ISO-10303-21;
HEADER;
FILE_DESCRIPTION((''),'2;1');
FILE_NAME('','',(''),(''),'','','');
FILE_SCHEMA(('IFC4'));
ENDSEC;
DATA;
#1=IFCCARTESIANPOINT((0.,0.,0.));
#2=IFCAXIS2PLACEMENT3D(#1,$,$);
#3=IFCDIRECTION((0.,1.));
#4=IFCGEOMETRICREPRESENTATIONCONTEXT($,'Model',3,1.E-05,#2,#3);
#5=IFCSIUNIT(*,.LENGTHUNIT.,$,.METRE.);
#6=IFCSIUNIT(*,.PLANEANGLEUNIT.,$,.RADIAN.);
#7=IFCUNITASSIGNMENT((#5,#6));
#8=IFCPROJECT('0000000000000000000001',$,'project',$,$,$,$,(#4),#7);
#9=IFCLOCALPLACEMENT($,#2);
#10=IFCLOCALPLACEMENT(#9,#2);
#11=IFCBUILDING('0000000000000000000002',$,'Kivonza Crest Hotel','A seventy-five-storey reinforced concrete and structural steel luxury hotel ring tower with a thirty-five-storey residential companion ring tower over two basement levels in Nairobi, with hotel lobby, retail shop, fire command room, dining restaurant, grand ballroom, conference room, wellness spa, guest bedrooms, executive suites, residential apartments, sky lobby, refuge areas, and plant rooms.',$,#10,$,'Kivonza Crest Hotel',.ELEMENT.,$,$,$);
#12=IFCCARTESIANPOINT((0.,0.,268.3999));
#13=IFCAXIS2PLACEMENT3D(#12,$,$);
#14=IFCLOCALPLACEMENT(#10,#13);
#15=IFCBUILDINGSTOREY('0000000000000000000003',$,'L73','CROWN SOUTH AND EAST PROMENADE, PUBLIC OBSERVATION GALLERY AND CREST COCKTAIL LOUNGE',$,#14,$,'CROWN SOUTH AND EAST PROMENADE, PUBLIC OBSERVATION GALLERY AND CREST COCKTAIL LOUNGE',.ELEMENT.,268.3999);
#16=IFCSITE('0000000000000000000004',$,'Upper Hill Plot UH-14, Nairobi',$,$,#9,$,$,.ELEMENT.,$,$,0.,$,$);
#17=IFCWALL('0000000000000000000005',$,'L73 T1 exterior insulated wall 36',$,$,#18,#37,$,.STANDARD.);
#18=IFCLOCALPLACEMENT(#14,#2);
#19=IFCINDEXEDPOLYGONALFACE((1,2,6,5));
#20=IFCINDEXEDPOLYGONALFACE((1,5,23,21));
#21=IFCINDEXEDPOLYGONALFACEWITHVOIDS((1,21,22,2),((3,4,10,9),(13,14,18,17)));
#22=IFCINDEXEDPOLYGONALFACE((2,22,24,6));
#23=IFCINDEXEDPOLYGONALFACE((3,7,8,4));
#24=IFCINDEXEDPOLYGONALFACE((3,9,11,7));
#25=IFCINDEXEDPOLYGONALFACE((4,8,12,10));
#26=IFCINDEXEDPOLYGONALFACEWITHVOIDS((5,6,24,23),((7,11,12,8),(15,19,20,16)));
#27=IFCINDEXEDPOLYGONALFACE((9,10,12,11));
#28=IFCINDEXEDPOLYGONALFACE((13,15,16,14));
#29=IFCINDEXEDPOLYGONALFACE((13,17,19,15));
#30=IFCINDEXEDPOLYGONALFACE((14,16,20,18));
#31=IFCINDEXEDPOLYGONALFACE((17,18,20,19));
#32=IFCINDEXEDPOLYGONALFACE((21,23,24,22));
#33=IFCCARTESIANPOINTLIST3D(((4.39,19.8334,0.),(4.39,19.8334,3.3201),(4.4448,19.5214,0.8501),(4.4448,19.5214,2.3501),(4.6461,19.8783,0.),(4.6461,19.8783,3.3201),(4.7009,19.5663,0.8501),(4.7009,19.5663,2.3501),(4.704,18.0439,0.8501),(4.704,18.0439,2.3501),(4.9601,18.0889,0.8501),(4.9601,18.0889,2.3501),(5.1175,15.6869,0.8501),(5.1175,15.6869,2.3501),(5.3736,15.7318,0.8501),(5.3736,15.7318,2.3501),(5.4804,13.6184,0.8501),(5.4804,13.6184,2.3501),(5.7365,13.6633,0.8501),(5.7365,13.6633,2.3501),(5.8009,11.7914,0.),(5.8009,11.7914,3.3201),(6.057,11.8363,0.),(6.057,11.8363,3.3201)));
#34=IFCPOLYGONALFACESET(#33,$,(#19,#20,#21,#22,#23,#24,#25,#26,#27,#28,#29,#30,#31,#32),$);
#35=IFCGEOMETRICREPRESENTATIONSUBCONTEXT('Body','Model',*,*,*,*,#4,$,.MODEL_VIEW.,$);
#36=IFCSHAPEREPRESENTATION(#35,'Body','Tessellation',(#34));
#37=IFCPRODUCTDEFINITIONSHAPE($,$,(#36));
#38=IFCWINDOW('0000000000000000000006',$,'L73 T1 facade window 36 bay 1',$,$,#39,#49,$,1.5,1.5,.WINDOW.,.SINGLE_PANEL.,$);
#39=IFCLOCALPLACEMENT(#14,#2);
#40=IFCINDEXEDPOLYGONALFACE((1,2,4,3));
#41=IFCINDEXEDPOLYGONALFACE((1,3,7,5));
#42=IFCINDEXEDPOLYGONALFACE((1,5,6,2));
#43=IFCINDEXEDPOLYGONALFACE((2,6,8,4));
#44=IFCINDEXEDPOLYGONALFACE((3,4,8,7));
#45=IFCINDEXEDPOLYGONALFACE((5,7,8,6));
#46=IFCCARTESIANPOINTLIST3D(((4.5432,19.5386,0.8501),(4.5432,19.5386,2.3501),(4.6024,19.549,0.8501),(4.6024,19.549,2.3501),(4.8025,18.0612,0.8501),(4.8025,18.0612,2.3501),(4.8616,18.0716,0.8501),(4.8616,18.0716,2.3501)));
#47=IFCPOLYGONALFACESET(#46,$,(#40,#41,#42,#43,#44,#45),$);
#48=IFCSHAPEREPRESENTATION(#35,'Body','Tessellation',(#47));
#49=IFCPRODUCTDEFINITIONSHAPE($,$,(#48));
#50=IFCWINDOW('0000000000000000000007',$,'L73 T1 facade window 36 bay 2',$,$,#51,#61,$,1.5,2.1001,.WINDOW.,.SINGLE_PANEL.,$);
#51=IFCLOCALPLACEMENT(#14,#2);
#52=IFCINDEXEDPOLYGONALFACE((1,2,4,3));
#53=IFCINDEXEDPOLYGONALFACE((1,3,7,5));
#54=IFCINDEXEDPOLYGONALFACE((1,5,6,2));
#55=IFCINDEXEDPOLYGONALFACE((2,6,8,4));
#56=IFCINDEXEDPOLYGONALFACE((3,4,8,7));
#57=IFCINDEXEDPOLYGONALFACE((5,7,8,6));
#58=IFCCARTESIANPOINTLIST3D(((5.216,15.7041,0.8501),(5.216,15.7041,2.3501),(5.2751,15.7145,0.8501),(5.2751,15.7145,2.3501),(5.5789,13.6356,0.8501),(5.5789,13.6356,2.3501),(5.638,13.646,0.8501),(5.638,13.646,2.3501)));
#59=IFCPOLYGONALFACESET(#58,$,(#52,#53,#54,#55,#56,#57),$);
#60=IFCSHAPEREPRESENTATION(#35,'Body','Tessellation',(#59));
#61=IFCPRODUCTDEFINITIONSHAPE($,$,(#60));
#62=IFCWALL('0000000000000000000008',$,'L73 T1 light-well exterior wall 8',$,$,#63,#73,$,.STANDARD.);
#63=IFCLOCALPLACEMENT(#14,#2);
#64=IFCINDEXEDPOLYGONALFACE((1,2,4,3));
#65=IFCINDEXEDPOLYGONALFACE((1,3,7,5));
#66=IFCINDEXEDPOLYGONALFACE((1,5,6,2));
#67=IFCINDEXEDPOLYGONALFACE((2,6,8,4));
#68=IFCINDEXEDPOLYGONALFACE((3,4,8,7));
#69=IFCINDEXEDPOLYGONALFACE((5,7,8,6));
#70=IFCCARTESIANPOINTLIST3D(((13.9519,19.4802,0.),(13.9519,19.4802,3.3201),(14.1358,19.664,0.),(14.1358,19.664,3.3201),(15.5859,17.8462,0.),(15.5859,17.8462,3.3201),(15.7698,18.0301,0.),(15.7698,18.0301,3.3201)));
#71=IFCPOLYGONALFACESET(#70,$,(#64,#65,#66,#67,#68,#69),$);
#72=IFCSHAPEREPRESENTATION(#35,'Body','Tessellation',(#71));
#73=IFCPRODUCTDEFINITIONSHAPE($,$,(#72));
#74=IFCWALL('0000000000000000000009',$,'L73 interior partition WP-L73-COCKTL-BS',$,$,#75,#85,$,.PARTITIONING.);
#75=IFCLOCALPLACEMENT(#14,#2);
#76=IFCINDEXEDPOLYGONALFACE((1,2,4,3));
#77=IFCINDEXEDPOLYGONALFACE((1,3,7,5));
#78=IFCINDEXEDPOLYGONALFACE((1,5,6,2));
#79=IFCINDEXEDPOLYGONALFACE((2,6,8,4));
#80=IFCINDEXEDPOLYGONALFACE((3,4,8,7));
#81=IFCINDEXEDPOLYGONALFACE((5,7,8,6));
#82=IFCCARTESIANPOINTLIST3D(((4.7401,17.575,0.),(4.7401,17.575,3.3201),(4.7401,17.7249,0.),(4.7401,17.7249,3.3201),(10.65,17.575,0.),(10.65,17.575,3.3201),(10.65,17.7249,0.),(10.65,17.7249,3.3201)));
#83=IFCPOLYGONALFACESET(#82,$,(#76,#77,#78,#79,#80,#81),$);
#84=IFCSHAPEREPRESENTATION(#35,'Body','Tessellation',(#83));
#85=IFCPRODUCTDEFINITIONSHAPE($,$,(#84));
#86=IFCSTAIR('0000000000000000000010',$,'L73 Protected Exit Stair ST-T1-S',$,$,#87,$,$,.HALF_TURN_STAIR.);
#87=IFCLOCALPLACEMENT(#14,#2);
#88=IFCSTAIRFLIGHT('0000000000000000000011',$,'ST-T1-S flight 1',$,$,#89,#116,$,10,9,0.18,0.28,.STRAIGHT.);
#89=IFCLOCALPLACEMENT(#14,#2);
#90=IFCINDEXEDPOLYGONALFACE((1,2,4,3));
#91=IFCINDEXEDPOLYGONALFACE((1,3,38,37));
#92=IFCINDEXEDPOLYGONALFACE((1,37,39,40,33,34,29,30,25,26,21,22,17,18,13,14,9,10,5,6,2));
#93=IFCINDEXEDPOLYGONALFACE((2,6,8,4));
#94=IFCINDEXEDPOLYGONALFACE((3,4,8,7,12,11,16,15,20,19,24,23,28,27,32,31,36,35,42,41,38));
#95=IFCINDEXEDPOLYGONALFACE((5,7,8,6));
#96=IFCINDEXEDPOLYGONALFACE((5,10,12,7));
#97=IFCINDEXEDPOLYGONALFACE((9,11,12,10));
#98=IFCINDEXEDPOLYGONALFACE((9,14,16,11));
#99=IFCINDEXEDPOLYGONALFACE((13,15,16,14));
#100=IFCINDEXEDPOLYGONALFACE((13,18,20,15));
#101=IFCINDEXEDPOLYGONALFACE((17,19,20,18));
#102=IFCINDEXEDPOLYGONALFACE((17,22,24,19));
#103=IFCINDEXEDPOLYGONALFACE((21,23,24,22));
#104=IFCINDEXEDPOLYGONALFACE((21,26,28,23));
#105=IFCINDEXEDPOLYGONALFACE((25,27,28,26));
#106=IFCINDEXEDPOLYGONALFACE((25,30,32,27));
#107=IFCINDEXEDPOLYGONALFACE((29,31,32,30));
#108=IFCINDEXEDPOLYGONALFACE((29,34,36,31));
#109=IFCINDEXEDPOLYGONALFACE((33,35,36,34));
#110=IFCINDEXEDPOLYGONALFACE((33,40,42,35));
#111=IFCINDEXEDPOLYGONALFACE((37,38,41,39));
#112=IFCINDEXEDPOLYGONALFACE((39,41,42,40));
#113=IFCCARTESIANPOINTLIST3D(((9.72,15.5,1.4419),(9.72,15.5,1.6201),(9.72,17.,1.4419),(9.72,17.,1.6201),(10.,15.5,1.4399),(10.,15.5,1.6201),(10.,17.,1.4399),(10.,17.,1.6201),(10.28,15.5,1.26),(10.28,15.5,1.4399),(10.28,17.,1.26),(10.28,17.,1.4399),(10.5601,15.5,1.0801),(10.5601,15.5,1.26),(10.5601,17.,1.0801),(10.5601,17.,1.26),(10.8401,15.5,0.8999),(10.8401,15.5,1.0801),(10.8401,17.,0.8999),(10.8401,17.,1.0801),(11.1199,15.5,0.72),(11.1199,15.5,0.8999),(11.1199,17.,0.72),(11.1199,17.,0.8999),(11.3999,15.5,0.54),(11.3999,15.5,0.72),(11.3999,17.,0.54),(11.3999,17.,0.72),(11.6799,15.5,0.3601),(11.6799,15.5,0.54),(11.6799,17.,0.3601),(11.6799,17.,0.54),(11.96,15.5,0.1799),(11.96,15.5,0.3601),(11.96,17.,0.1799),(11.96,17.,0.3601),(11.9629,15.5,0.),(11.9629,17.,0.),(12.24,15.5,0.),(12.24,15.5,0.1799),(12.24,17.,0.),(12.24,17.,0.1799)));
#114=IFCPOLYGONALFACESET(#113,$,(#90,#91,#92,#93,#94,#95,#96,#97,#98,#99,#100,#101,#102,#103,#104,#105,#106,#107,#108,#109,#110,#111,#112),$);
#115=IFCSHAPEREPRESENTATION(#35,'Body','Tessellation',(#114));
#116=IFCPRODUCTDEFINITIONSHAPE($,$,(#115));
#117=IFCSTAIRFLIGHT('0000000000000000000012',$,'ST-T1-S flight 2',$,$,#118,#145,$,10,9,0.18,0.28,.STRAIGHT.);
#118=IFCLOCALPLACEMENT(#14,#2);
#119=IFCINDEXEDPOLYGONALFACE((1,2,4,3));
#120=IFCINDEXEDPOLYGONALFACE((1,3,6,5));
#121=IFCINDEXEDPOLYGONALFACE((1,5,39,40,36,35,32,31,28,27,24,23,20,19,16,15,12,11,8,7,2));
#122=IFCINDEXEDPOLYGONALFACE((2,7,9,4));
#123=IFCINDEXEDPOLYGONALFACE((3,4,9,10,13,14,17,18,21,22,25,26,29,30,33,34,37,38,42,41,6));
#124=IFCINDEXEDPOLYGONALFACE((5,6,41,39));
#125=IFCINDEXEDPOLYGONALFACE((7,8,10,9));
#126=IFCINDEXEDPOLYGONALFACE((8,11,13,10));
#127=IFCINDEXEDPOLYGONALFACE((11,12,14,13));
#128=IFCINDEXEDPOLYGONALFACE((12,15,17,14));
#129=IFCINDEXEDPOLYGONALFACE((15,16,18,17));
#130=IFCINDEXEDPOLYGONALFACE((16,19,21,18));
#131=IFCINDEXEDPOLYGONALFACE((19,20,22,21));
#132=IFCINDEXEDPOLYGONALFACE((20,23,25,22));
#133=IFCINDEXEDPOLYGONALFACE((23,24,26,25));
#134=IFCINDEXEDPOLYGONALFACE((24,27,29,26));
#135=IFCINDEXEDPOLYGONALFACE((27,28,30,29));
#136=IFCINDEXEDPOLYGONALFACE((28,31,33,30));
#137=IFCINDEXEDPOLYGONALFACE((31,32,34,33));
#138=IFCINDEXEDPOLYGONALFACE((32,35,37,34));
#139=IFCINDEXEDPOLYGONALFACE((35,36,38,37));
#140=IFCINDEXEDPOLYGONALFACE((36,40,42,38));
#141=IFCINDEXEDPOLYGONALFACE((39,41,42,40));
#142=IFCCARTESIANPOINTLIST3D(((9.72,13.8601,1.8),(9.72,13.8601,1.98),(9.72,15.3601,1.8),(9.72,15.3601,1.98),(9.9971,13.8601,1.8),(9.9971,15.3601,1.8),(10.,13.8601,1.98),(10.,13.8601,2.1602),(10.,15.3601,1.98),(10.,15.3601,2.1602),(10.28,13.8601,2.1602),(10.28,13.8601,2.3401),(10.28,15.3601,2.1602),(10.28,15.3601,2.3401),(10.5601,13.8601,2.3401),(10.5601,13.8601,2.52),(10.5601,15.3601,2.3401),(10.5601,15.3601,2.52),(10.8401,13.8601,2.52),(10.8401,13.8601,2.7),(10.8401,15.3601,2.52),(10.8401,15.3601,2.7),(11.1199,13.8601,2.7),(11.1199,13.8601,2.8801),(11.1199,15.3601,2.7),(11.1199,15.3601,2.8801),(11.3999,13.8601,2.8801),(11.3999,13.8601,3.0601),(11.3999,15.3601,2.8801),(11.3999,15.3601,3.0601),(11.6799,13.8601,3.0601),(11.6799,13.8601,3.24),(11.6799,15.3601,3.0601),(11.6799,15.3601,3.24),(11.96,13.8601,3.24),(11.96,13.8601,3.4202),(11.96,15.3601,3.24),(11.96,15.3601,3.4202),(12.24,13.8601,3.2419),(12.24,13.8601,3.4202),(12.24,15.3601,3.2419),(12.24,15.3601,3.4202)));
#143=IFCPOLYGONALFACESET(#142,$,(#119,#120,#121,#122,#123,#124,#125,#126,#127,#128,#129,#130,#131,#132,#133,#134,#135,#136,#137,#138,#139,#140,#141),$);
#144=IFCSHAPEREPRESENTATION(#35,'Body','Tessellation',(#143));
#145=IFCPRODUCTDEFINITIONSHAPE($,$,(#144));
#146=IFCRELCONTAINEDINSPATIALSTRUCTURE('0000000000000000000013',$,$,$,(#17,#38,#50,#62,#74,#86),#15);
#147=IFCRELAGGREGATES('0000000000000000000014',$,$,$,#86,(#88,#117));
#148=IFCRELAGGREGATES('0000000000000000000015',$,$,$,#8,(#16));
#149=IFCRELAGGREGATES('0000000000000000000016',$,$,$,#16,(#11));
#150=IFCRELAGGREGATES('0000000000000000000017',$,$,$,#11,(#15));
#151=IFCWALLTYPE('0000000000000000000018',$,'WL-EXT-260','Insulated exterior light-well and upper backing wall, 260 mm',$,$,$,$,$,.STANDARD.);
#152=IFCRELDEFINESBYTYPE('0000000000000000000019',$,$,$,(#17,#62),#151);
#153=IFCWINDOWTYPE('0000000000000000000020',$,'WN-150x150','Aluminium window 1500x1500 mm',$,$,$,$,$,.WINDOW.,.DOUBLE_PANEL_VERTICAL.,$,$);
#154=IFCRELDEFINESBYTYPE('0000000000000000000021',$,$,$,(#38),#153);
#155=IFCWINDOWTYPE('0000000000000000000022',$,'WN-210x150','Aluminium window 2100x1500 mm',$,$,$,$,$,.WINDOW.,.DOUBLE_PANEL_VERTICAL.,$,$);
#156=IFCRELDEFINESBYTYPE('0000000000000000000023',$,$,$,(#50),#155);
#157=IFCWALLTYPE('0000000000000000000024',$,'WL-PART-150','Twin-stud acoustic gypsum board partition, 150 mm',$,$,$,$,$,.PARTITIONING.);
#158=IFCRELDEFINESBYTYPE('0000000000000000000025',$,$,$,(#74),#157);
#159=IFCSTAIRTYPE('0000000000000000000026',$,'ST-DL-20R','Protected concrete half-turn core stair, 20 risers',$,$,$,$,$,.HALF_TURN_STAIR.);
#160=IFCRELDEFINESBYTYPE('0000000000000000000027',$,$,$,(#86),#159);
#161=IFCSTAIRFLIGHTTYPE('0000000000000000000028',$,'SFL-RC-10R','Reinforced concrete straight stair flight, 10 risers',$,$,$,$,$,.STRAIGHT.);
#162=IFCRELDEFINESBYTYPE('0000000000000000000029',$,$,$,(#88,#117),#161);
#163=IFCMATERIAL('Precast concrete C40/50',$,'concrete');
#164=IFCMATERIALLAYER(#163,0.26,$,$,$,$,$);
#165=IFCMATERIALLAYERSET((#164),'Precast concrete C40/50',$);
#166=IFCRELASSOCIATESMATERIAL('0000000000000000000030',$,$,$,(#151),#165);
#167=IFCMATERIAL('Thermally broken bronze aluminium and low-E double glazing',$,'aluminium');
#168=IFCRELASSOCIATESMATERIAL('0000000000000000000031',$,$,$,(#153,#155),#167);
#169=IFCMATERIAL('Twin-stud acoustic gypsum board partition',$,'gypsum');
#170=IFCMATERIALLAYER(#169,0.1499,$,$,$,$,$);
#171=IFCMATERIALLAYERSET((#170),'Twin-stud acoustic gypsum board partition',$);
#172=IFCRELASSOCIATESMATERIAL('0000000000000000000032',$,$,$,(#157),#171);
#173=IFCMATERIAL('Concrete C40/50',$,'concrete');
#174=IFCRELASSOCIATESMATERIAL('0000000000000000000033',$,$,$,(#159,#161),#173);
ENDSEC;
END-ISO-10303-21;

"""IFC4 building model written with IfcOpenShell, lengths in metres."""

from ifc_helpers import new_model, si_unit, direction, frame, frame_2d, origin, place, context, subcontext, project, spatial, polyline, rectangle, outline, extrude, material, layer, layer_set, type_object, element, fill, aggregate, save


model = new_model("IFC4")

# Units and contexts
model_context = context("Model", 3, precision=1e-05, world=origin(), true_north=direction((0.0, 1.0)))
body_context = subcontext(model_context, "Body", "Model", "MODEL_VIEW")
ifc_project = project(units=[si_unit("LENGTHUNIT", "METRE"), si_unit("PLANEANGLEUNIT", "RADIAN")], contexts=[model_context])

# Site, building, storey
site_placement = place(None, origin())
site = spatial("IfcSite", under=ifc_project, at=site_placement, Name="Upper Hill Plot UH-14, Nairobi", CompositionType="ELEMENT", RefElevation=0.0)
building_placement = place(site_placement, origin())
building = spatial("IfcBuilding", under=site, at=building_placement, Name="Kivonza Crest Hotel", Description="A seventy-five-storey reinforced concrete and structural steel luxury hotel ring tower with a thirty-five-storey residential companion ring tower over two basement levels in Nairobi, with hotel lobby, retail shop, fire command room, dining restaurant, grand ballroom, conference room, wellness spa, guest bedrooms, executive suites, residential apartments, sky lobby, refuge areas, and plant rooms.", LongName="Kivonza Crest Hotel", CompositionType="ELEMENT")
storey_placement = place(building_placement, frame((0.0, 0.0, 268.3999)))
storey = spatial("IfcBuildingStorey", under=building, at=storey_placement, Name="L73", Description="CROWN SOUTH AND EAST PROMENADE, PUBLIC OBSERVATION GALLERY AND CREST COCKTAIL LOUNGE", LongName="CROWN SOUTH AND EAST PROMENADE, PUBLIC OBSERVATION GALLERY AND CREST COCKTAIL LOUNGE", CompositionType="ELEMENT", Elevation=268.3999)

# Wall, openings, windows
ifc_material_1 = material(Name="Precast concrete C40/50", Category="concrete")
ifc_layer_1 = layer(ifc_material_1, 0.26)
ifc_layer_set_1 = layer_set([ifc_layer_1], Name="Precast concrete C40/50")
wall_type_1 = type_object("IfcWallType", Name="WL-EXT-260", Description="Insulated exterior light-well and upper backing wall, 260 mm", PredefinedType="STANDARD", material=ifc_layer_set_1)
wall_1_placement = place(storey_placement, frame((4.5181, 19.856, 0.0), z_axis=(0.0, 0.0, 1.0), x_axis=(0.172801, -0.984957, 0.0)))
wall_1 = element("IfcWall", 1, at=wall_1_placement, inside=storey, type_object=wall_type_1, Name="L73 T1 exterior insulated wall 36", PredefinedType="STANDARD", context=body_context, shape_type="SweptSolid", body=[
    extrude(rectangle(XDim=8.1648, YDim=0.26, at=frame_2d((4.0825, 0.0))), origin(), (0.0, 0.0, 1.0), 3.3201),
])
opening_1_placement = place(wall_1_placement, frame((0.3169, 0.0, 0.8501)))
opening_1 = element("IfcOpeningElement", 2, at=opening_1_placement, cuts=wall_1, PredefinedType="OPENING", context=body_context, shape_type="SweptSolid", body=[
    extrude(rectangle(XDim=1.5, YDim=1.5, at=frame_2d((0.75, 0.75))), frame((0.0, 0.1401, 0.0), z_axis=(0.0, -1.0, 0.0), x_axis=(1.0, 0.0, 0.0)), (0.0, 0.0, 1.0), 0.28),
])
opening_2_placement = place(wall_1_placement, frame((4.21, 0.0, 0.8501)))
opening_2 = element("IfcOpeningElement", 3, at=opening_2_placement, cuts=wall_1, PredefinedType="OPENING", context=body_context, shape_type="SweptSolid", body=[
    extrude(rectangle(XDim=2.1001, YDim=1.5, at=frame_2d((1.05, 0.75))), frame((0.0, 0.1401, 0.0), z_axis=(0.0, -1.0, 0.0), x_axis=(1.0, 0.0, 0.0)), (0.0, 0.0, 1.0), 0.28),
])
ifc_material_2 = material(Name="Thermally broken bronze aluminium and low-E double glazing", Category="aluminium")
window_type_1 = type_object("IfcWindowType", Name="WN-150x150", Description="Aluminium window 1500x1500 mm", PartitioningType="DOUBLE_PANEL_VERTICAL", PredefinedType="WINDOW", material=ifc_material_2)
window_1_placement = place(opening_1_placement, origin())
window_1 = element("IfcWindow", 4, at=window_1_placement, inside=storey, type_object=window_type_1, Name="L73 T1 facade window 36 bay 1", OverallHeight=1.5, OverallWidth=1.5, PartitioningType="SINGLE_PANEL", PredefinedType="WINDOW", context=body_context, shape_type="SweptSolid", body=[
    extrude(rectangle(XDim=1.5, YDim=1.5, at=frame_2d((0.75, 0.75))), frame((0.0, 0.03, 0.0), z_axis=(0.0, -1.0, 0.0), x_axis=(1.0, 0.0, 0.0)), (0.0, 0.0, 1.0), 0.0601),
])
fill(opening_1, window_1)
window_type_2 = type_object("IfcWindowType", Name="WN-210x150", Description="Aluminium window 2100x1500 mm", PartitioningType="DOUBLE_PANEL_VERTICAL", PredefinedType="WINDOW", material=ifc_material_2)
window_2_placement = place(opening_2_placement, origin())
window_2 = element("IfcWindow", 5, at=window_2_placement, inside=storey, type_object=window_type_2, Name="L73 T1 facade window 36 bay 2", OverallHeight=1.5, OverallWidth=2.1001, PartitioningType="SINGLE_PANEL", PredefinedType="WINDOW", context=body_context, shape_type="SweptSolid", body=[
    extrude(rectangle(XDim=2.1001, YDim=1.5, at=frame_2d((1.05, 0.75))), frame((0.0, 0.03, 0.0), z_axis=(0.0, -1.0, 0.0), x_axis=(1.0, 0.0, 0.0)), (0.0, 0.0, 1.0), 0.0601),
])
fill(opening_2, window_2)

# Walls
wall_2_placement = place(storey_placement, frame((14.0439, 19.572, 0.0), z_axis=(0.0, 0.0, 1.0), x_axis=(0.707107, -0.707107, 0.0)))
element("IfcWall", 6, at=wall_2_placement, inside=storey, type_object=wall_type_1, Name="L73 T1 light-well exterior wall 8", PredefinedType="STANDARD", context=body_context, shape_type="SweptSolid", body=[
    extrude(rectangle(XDim=2.3108, YDim=0.26, at=frame_2d((1.1553, 0.0))), origin(), (0.0, 0.0, 1.0), 3.3201),
])
ifc_material_3 = material(Name="Twin-stud acoustic gypsum board partition", Category="gypsum")
ifc_layer_2 = layer(ifc_material_3, 0.1499)
ifc_layer_set_2 = layer_set([ifc_layer_2], Name="Twin-stud acoustic gypsum board partition")
wall_type_2 = type_object("IfcWallType", Name="WL-PART-150", Description="Twin-stud acoustic gypsum board partition, 150 mm", PredefinedType="PARTITIONING", material=ifc_layer_set_2)
wall_3_placement = place(storey_placement, frame((4.74, 17.6499, 0.0), z_axis=(0.0, 0.0, 1.0), x_axis=(1.0, 0.0, 0.0)))
element("IfcWall", 7, at=wall_3_placement, inside=storey, type_object=wall_type_2, Name="L73 interior partition WP-L73-COCKTL-BS", PredefinedType="PARTITIONING", context=body_context, shape_type="SweptSolid", body=[
    extrude(rectangle(XDim=5.9099, YDim=0.1499, at=frame_2d((2.9551, 0.0))), origin(), (0.0, 0.0, 1.0), 3.3201),
])

# Stair, stair flights
ifc_material_4 = material(Name="Concrete C40/50", Category="concrete")
stair_type = type_object("IfcStairType", Name="ST-DL-20R", Description="Protected concrete half-turn core stair, 20 risers", PredefinedType="HALF_TURN_STAIR", material=ifc_material_4)
stair_placement = place(storey_placement, origin())
stair = element("IfcStair", 8, at=stair_placement, inside=storey, type_object=stair_type, Name="L73 Protected Exit Stair ST-T1-S", PredefinedType="HALF_TURN_STAIR")
stair_flight_type = type_object("IfcStairFlightType", Name="SFL-RC-10R", Description="Reinforced concrete straight stair flight, 10 risers", PredefinedType="STRAIGHT", material=ifc_material_4)
stair_flight_1_placement = place(storey_placement, frame((12.24, 16.25, 0.0), z_axis=(0.0, 0.0, 1.0), x_axis=(-1.0, 0.0, 0.0)))
stair_flight_1 = element("IfcStairFlight", 9, at=stair_flight_1_placement, type_object=stair_flight_type, Name="ST-T1-S flight 1", NumberOfRisers=10, NumberOfTreads=9, PredefinedType="STRAIGHT", RiserHeight=0.18, TreadLength=0.28, context=body_context, shape_type="SweptSolid", body=[
    extrude(outline(polyline([(0.0, 0.0), (0.0, 0.1799), (0.28, 0.1799), (0.28, 0.3601), (0.5601, 0.3601), (0.5601, 0.54), (0.8401, 0.54), (0.8401, 0.72), (1.1201, 0.72), (1.1201, 0.8999), (1.3999, 0.8999), (1.3999, 1.0801), (1.6799, 1.0801), (1.6799, 1.26), (1.96, 1.26), (1.96, 1.4399), (2.24, 1.4399), (2.24, 1.6201), (2.52, 1.6201), (2.52, 1.8), (2.52, 1.4419), (0.2771, 0.0), (0.0, 0.0)])), frame((0.0, 0.75, 0.0), z_axis=(0.0, -1.0, 0.0), x_axis=(1.0, 0.0, 0.0)), (0.0, 0.0, 1.0), 1.5),
])
stair_flight_2_placement = place(storey_placement, frame((9.72, 14.6101, 1.8), z_axis=(0.0, 0.0, 1.0), x_axis=(1.0, 0.0, 0.0)))
stair_flight_2 = element("IfcStairFlight", 10, at=stair_flight_2_placement, type_object=stair_flight_type, Name="ST-T1-S flight 2", NumberOfRisers=10, NumberOfTreads=9, PredefinedType="STRAIGHT", RiserHeight=0.18, TreadLength=0.28, context=body_context, shape_type="SweptSolid", body=[
    extrude(outline(polyline([(0.0, 0.0), (0.0, 0.1799), (0.28, 0.1799), (0.28, 0.3601), (0.5601, 0.3601), (0.5601, 0.54), (0.8401, 0.54), (0.8401, 0.72), (1.1201, 0.72), (1.1201, 0.8999), (1.3999, 0.8999), (1.3999, 1.0801), (1.6799, 1.0801), (1.6799, 1.26), (1.96, 1.26), (1.96, 1.4399), (2.24, 1.4399), (2.24, 1.6201), (2.52, 1.6201), (2.52, 1.8), (2.52, 1.4419), (0.2771, 0.0), (0.0, 0.0)])), frame((0.0, 0.75, 0.0), z_axis=(0.0, -1.0, 0.0), x_axis=(1.0, 0.0, 0.0)), (0.0, 0.0, 1.0), 1.5),
])
aggregate(stair, [stair_flight_1, stair_flight_2])

save(model, "model.ifc")
